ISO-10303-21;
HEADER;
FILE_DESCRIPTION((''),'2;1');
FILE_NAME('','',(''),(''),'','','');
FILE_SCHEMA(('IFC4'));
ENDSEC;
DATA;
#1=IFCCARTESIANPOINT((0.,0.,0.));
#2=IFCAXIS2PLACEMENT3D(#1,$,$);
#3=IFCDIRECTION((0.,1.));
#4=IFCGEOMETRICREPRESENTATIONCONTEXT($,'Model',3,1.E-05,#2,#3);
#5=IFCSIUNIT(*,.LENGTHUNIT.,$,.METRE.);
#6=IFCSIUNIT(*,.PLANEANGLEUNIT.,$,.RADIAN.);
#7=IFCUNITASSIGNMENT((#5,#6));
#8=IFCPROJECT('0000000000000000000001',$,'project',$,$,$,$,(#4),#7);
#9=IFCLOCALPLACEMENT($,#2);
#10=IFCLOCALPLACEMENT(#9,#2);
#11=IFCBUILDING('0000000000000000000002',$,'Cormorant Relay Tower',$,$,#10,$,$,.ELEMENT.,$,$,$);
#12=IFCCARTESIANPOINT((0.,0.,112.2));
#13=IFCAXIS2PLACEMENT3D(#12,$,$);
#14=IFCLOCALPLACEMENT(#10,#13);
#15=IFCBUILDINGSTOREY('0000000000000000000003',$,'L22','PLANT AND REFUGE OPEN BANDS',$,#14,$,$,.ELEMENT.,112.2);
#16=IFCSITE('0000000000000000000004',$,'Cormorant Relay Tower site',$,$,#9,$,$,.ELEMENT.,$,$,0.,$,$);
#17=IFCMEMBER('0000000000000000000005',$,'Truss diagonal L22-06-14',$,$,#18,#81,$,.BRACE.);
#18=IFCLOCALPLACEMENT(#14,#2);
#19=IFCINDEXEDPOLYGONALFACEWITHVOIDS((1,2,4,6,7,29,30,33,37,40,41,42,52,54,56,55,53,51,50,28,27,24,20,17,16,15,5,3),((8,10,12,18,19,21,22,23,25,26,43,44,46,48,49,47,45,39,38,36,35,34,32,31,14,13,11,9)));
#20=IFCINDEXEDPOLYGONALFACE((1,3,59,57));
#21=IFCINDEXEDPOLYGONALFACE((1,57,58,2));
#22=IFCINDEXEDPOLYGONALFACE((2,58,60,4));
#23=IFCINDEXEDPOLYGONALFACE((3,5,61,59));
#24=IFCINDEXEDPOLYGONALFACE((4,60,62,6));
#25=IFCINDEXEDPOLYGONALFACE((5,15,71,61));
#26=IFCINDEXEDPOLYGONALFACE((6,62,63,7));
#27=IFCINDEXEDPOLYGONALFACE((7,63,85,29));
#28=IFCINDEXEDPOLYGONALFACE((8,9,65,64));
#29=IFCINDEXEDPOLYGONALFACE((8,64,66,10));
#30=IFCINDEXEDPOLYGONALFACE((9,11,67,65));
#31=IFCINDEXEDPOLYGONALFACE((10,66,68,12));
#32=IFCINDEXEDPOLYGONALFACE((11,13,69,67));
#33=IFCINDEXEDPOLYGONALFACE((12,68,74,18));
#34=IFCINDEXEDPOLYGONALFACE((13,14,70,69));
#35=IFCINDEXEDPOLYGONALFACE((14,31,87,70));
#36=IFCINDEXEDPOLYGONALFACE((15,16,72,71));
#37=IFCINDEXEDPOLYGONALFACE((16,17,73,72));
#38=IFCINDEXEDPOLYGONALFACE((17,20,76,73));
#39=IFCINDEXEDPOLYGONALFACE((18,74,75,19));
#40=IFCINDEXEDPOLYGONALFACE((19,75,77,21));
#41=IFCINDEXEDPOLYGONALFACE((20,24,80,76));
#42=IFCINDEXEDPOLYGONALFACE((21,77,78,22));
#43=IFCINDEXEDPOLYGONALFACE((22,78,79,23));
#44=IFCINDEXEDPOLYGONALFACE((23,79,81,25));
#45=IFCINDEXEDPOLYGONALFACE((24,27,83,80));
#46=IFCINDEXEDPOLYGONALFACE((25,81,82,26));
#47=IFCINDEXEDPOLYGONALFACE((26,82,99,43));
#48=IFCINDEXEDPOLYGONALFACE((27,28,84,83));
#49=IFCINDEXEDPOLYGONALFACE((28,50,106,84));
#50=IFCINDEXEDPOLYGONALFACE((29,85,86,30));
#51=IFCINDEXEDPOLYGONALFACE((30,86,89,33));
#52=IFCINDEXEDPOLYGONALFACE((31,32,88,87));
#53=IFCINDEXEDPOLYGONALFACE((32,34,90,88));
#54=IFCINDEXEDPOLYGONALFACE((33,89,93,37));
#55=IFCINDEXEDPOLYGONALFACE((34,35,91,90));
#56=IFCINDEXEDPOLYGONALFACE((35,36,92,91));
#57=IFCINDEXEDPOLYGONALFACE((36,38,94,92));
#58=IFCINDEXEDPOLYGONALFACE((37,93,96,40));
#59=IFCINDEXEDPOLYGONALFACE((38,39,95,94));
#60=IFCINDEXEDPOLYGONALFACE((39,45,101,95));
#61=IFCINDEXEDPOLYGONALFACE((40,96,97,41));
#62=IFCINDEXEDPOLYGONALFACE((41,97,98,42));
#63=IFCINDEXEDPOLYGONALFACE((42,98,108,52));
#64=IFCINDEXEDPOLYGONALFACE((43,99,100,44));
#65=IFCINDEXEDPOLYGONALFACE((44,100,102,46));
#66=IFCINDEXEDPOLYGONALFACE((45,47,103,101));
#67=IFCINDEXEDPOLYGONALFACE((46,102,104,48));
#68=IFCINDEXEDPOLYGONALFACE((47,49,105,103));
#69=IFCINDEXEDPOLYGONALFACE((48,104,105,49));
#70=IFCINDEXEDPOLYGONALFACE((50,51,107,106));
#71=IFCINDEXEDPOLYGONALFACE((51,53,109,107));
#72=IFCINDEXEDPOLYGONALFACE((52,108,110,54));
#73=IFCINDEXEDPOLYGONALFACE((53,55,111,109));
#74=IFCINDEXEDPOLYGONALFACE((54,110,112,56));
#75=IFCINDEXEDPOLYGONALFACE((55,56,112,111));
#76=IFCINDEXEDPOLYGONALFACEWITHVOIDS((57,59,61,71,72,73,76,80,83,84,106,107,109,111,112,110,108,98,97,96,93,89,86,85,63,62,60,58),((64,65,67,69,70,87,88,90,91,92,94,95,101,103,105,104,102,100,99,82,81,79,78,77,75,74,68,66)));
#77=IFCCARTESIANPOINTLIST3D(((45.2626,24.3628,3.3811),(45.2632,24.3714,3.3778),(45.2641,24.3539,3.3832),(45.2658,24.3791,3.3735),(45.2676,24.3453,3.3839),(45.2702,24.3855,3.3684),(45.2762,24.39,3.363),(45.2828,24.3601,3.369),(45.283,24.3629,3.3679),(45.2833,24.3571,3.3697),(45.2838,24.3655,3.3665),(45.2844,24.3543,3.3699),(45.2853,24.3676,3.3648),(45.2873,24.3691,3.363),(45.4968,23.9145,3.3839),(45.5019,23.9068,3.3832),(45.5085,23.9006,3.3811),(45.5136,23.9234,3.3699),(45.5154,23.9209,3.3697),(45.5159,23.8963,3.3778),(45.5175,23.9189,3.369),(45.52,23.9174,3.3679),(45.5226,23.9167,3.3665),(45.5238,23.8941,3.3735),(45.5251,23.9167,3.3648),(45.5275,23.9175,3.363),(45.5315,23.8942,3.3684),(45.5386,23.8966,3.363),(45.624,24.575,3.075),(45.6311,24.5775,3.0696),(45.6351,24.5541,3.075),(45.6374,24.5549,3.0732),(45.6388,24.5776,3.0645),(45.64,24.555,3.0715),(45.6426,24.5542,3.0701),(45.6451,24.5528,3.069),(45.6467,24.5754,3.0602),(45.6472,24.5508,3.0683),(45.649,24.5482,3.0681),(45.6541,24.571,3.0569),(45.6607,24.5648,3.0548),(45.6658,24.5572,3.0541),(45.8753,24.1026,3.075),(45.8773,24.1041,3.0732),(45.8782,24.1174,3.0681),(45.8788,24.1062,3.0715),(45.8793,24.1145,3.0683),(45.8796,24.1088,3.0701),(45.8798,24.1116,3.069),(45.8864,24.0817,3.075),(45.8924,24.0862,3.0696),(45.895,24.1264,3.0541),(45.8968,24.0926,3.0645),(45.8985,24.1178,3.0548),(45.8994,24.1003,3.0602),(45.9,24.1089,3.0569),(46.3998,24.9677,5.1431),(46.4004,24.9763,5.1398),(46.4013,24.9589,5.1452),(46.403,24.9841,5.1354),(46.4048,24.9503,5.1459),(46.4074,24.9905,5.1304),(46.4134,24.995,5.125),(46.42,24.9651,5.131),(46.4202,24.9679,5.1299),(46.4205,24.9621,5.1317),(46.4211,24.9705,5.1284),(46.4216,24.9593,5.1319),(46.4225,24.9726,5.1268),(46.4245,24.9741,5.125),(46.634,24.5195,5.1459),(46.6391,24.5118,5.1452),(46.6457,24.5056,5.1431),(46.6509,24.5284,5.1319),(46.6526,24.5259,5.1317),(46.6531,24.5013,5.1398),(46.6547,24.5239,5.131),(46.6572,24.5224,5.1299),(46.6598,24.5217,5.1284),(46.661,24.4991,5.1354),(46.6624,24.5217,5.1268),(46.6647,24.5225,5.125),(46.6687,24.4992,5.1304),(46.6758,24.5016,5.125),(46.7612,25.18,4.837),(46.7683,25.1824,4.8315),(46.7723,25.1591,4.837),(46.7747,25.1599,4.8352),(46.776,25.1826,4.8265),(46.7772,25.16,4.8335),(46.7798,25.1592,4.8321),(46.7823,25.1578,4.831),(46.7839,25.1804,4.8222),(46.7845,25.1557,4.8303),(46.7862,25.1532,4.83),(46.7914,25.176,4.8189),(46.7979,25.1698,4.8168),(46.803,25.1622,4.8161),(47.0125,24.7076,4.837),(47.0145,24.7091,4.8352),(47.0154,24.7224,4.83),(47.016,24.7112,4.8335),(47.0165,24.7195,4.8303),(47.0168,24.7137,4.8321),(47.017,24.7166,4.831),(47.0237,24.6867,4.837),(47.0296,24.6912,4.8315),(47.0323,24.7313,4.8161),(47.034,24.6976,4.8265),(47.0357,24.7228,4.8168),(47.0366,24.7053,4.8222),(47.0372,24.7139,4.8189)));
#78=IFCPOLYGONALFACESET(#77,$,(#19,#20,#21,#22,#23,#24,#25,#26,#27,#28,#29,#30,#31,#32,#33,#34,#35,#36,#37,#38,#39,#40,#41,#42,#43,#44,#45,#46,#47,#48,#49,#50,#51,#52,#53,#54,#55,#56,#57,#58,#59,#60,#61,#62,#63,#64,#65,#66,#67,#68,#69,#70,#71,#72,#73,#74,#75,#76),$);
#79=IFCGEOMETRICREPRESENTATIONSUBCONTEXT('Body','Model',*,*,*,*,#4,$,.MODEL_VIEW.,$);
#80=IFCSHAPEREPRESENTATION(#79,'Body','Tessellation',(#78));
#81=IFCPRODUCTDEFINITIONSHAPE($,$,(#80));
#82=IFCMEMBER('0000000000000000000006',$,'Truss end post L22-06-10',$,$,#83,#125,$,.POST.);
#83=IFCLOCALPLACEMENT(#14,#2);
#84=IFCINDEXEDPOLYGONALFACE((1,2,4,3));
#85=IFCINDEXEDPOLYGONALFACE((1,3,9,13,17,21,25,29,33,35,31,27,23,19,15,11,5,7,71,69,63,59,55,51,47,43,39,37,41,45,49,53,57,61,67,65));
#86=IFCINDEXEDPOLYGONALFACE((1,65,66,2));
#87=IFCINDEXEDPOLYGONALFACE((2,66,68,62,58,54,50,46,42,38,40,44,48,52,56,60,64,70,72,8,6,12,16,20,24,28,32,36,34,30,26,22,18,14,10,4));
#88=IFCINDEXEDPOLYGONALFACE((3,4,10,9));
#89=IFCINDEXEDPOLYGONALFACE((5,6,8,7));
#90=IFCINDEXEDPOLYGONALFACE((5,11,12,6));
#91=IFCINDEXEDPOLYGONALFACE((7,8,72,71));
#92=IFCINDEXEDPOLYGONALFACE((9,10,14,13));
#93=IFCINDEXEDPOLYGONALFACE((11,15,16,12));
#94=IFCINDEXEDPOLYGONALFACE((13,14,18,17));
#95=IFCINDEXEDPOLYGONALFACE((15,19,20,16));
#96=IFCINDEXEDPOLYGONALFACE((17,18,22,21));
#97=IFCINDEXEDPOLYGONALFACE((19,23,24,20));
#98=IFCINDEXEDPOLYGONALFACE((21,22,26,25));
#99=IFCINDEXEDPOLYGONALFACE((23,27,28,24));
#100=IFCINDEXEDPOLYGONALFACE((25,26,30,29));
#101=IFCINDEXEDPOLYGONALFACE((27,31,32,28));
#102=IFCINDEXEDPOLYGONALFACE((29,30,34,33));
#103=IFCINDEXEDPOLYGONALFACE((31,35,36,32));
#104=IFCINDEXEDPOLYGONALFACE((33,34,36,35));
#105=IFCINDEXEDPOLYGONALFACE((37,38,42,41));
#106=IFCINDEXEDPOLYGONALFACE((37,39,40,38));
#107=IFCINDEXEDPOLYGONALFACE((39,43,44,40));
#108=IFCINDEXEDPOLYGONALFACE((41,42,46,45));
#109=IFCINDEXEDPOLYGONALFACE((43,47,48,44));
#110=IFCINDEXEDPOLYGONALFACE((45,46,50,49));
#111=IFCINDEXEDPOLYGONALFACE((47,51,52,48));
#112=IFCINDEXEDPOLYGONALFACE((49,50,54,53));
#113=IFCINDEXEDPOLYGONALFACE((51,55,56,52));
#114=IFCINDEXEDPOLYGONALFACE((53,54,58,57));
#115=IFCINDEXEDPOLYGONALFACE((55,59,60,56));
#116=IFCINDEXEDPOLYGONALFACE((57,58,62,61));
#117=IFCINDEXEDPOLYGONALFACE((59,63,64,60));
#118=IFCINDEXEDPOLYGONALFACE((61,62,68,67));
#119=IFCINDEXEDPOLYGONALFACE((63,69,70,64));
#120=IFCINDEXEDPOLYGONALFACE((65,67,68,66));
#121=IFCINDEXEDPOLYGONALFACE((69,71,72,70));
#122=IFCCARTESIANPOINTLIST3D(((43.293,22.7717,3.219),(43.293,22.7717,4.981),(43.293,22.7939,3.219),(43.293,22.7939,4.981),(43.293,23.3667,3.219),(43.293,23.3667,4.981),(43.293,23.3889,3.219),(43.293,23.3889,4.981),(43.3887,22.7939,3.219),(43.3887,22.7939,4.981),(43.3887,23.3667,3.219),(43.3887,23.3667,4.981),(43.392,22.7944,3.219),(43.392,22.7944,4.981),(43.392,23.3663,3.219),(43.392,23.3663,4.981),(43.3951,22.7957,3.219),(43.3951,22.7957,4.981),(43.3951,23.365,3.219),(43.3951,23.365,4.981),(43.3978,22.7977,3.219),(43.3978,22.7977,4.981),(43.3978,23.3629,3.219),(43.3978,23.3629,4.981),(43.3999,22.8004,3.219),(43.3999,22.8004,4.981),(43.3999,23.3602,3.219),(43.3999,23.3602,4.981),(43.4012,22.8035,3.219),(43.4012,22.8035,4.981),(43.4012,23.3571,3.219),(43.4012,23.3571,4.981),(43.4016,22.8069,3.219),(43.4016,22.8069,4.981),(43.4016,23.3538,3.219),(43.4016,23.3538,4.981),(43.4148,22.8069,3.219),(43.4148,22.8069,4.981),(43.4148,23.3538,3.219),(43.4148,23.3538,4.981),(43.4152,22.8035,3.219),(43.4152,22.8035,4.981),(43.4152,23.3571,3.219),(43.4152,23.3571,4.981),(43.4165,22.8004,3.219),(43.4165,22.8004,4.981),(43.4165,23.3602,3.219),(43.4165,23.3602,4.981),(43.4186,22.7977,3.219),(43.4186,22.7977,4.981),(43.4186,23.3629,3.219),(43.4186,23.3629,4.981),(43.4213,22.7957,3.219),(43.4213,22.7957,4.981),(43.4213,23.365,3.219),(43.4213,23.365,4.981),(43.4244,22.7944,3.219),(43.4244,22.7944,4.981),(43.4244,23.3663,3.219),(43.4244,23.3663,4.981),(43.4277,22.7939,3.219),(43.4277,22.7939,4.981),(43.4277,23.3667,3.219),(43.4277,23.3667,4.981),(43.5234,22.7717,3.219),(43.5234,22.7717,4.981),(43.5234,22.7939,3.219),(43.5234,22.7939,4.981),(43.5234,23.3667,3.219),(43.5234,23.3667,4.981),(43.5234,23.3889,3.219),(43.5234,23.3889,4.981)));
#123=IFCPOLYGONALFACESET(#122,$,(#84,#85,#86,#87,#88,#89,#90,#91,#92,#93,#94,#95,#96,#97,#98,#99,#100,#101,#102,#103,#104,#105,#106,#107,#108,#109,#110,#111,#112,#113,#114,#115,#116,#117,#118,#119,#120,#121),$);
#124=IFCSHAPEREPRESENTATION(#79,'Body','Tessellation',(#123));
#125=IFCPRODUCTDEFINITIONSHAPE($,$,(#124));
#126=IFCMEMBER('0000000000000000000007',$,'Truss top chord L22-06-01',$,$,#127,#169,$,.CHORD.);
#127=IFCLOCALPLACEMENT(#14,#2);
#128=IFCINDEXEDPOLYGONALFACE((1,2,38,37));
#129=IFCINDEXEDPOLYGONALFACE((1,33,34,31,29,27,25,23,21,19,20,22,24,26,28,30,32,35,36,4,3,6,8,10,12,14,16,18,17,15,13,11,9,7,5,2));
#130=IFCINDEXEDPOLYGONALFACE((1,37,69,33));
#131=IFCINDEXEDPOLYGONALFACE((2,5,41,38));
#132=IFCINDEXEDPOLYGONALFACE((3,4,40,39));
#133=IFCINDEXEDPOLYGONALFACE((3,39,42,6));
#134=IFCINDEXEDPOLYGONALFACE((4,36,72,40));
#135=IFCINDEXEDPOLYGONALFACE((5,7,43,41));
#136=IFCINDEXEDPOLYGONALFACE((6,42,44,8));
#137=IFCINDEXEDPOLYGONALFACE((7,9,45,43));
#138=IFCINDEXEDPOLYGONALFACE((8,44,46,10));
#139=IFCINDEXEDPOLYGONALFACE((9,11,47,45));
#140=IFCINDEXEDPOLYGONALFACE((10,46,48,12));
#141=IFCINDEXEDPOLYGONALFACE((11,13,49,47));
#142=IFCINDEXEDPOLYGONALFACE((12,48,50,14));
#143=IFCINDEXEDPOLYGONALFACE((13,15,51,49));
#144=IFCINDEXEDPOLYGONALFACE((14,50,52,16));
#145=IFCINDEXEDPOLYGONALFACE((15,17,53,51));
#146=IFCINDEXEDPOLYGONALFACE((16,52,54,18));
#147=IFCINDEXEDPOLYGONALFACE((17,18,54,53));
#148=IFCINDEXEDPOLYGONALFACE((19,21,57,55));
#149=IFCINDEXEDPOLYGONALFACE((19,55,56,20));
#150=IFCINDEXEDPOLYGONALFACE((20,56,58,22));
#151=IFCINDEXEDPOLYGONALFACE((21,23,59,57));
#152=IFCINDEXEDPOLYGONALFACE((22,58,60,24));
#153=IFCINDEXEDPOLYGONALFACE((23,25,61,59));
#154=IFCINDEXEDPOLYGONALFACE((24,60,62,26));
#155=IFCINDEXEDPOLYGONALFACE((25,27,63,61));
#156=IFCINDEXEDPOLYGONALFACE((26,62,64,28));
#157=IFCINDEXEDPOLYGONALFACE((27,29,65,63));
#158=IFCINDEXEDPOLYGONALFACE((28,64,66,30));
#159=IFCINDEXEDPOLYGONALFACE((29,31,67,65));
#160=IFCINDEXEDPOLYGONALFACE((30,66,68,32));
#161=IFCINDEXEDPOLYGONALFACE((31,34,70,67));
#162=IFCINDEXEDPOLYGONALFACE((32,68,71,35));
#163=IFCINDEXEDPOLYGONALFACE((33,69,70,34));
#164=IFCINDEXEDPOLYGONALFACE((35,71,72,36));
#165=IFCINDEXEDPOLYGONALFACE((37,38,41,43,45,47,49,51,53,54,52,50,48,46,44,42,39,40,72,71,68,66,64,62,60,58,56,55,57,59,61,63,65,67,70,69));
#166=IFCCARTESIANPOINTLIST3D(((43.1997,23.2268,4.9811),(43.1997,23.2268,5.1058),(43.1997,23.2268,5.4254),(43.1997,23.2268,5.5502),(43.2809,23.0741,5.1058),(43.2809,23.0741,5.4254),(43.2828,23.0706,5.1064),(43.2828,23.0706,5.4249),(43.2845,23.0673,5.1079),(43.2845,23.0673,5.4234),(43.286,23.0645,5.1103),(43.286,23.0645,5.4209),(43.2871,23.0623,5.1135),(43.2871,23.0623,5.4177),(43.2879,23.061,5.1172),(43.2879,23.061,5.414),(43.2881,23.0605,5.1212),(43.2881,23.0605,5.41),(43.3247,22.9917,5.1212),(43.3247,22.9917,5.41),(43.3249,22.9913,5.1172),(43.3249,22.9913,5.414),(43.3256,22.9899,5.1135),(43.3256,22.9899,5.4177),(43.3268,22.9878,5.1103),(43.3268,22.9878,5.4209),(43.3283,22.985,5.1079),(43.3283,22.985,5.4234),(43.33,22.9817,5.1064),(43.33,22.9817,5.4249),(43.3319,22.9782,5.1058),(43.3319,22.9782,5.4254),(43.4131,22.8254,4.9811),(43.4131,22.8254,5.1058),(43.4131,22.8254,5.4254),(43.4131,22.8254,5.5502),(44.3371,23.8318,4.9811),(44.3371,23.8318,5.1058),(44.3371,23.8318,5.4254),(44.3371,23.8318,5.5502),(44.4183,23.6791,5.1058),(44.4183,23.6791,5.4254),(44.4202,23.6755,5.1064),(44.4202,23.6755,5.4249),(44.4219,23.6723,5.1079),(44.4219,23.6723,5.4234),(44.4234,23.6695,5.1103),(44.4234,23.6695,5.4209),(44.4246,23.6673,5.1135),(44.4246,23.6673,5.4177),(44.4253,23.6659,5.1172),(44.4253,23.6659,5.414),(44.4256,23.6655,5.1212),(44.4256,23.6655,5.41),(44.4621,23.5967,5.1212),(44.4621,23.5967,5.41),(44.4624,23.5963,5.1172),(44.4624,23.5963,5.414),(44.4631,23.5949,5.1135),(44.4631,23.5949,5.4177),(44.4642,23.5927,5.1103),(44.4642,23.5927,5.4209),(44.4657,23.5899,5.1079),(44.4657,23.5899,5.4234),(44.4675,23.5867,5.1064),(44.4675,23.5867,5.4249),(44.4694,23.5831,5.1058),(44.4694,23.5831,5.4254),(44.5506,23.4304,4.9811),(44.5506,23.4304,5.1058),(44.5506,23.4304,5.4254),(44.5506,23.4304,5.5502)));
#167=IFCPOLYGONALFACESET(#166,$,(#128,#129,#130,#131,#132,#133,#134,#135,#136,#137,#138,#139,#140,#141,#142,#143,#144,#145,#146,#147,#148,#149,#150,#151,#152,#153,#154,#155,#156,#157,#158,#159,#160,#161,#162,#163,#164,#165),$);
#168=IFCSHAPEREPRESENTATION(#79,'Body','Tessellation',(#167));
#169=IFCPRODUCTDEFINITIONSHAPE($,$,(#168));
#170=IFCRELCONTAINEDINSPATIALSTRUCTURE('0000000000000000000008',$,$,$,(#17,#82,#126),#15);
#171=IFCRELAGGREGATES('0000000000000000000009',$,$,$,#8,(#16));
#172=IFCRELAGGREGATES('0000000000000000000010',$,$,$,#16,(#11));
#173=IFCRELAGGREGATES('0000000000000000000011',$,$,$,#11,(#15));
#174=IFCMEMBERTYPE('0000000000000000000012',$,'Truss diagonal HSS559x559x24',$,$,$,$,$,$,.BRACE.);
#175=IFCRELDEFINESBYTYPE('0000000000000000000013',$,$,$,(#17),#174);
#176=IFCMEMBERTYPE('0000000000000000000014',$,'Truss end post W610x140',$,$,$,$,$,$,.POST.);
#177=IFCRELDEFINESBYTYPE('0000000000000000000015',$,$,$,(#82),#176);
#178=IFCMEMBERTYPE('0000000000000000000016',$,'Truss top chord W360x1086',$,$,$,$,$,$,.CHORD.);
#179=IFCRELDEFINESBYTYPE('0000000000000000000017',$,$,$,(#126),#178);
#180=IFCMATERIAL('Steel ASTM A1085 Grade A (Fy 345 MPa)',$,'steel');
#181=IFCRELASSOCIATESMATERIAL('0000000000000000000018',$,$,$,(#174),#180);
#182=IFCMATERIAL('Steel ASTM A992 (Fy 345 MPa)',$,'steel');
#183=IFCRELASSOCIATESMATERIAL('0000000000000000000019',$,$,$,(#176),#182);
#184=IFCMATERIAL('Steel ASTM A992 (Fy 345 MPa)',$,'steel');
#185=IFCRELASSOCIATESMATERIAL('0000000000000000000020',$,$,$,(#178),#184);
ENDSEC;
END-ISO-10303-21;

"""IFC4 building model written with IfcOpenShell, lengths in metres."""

from ifc_helpers import new_model, si_unit, direction, frame, origin, origin_2d, place, context, subcontext, project, spatial, hollow_rectangle, i_section, extrude, material, material_profile, profile_set, type_object, element, save


model = new_model("IFC4")

# Units and contexts
model_context = context("Model", 3, precision=1e-05, world=origin(), true_north=direction((0.0, 1.0)))
body_context = subcontext(model_context, "Body", "Model", "MODEL_VIEW")
ifc_project = project(units=[si_unit("LENGTHUNIT", "METRE"), si_unit("PLANEANGLEUNIT", "RADIAN")], contexts=[model_context])

# Site, building, storey
site_placement = place(None, origin())
site = spatial("IfcSite", under=ifc_project, at=site_placement, Name="Cormorant Relay Tower site", CompositionType="ELEMENT", RefElevation=0.0)
building_placement = place(site_placement, origin())
building = spatial("IfcBuilding", under=site, at=building_placement, Name="Cormorant Relay Tower", CompositionType="ELEMENT")
storey_placement = place(building_placement, frame((0.0, 0.0, 112.2)))
storey = spatial("IfcBuildingStorey", under=building, at=storey_placement, Name="L22", Description="PLANT AND REFUGE OPEN BANDS", CompositionType="ELEMENT", Elevation=112.2)

# Members
ifc_material_1 = material(Name="Steel ASTM A1085 Grade A (Fy 345 MPa)", Category="steel")
ifc_material_profile_1 = material_profile(ifc_material_1, hollow_rectangle(XDim=0.5588, YDim=0.5588, WallThickness=0.0237, InnerFilletRadius=0.0117, OuterFilletRadius=0.0354, at=origin_2d()), Name="HSS559x559x24")
ifc_profile_set_1 = profile_set([ifc_material_profile_1], Name="Steel ASTM A1085 Grade A (Fy 345 MPa)")
member_type_1 = type_object("IfcMemberType", Name="Truss diagonal HSS559x559x24", PredefinedType="BRACE", material=ifc_profile_set_1)
for number, where, z_axis, x_axis, name in (
    (1, (45.5813, 24.2358, 3.219), (0.521033, 0.277183, 0.807276), (-0.469663, 0.882846, 0.0), "Truss diagonal L22-06-14"),
):
    element("IfcMember", number, at=place(storey_placement, frame(where, z_axis=z_axis, x_axis=x_axis)), inside=storey, type_object=member_type_1, Name=name, PredefinedType="BRACE", context=body_context, shape_type="SweptSolid", body=[
        extrude(hollow_rectangle(XDim=0.5588, YDim=0.5588, WallThickness=0.0237, InnerFilletRadius=0.0117, OuterFilletRadius=0.0354, at=origin_2d()), origin(), (0.0, 0.0, 1.0), 2.1826),
    ])
ifc_material_2 = material(Name="Steel ASTM A992 (Fy 345 MPa)", Category="steel")
ifc_material_profile_2 = material_profile(ifc_material_2, i_section(OverallWidth=0.2305, OverallDepth=0.6172, WebThickness=0.0132, FlangeThickness=0.0222, FilletRadius=0.0129, at=origin_2d()), Name="W610x140")
ifc_profile_set_2 = profile_set([ifc_material_profile_2], Name="Steel ASTM A992 (Fy 345 MPa)")
member_type_2 = type_object("IfcMemberType", Name="Truss end post W610x140", PredefinedType="POST", material=ifc_profile_set_2)
member_1_placement = place(storey_placement, frame((43.4082, 23.0803, 3.219), z_axis=(0.0, 0.0, 1.0), x_axis=(1.0, 0.0, 0.0)))
element("IfcMember", 2, at=member_1_placement, inside=storey, type_object=member_type_2, Name="Truss end post L22-06-10", PredefinedType="POST", context=body_context, shape_type="SweptSolid", body=[
    extrude(i_section(OverallWidth=0.2305, OverallDepth=0.6172, WebThickness=0.0132, FlangeThickness=0.0222, FilletRadius=0.0129, at=origin_2d()), origin(), (0.0, 0.0, 1.0), 1.762),
])
ifc_material_3 = material(Name="Steel ASTM A992 (Fy 345 MPa)", Category="steel")
ifc_material_profile_3 = material_profile(ifc_material_3, i_section(OverallWidth=0.4546, OverallDepth=0.5691, WebThickness=0.0779, FlangeThickness=0.1248, FilletRadius=0.0154, at=origin_2d()), Name="W360x1086")
ifc_profile_set_3 = profile_set([ifc_material_profile_3], Name="Steel ASTM A992 (Fy 345 MPa)")
member_type_3 = type_object("IfcMemberType", Name="Truss top chord W360x1086", PredefinedType="CHORD", material=ifc_profile_set_3)
member_2_placement = place(storey_placement, frame((43.3064, 23.0261, 5.2656), z_axis=(0.882887, 0.469585, 0.0), x_axis=(-0.469585, 0.882887, 0.0)))
element("IfcMember", 3, at=member_2_placement, inside=storey, type_object=member_type_3, Name="Truss top chord L22-06-01", PredefinedType="CHORD", context=body_context, shape_type="SweptSolid", body=[
    extrude(i_section(OverallWidth=0.4546, OverallDepth=0.5691, WebThickness=0.0779, FlangeThickness=0.1248, FilletRadius=0.0154, at=origin_2d()), origin(), (0.0, 0.0, 1.0), 1.2883),
])

save(model, "model.ifc")
